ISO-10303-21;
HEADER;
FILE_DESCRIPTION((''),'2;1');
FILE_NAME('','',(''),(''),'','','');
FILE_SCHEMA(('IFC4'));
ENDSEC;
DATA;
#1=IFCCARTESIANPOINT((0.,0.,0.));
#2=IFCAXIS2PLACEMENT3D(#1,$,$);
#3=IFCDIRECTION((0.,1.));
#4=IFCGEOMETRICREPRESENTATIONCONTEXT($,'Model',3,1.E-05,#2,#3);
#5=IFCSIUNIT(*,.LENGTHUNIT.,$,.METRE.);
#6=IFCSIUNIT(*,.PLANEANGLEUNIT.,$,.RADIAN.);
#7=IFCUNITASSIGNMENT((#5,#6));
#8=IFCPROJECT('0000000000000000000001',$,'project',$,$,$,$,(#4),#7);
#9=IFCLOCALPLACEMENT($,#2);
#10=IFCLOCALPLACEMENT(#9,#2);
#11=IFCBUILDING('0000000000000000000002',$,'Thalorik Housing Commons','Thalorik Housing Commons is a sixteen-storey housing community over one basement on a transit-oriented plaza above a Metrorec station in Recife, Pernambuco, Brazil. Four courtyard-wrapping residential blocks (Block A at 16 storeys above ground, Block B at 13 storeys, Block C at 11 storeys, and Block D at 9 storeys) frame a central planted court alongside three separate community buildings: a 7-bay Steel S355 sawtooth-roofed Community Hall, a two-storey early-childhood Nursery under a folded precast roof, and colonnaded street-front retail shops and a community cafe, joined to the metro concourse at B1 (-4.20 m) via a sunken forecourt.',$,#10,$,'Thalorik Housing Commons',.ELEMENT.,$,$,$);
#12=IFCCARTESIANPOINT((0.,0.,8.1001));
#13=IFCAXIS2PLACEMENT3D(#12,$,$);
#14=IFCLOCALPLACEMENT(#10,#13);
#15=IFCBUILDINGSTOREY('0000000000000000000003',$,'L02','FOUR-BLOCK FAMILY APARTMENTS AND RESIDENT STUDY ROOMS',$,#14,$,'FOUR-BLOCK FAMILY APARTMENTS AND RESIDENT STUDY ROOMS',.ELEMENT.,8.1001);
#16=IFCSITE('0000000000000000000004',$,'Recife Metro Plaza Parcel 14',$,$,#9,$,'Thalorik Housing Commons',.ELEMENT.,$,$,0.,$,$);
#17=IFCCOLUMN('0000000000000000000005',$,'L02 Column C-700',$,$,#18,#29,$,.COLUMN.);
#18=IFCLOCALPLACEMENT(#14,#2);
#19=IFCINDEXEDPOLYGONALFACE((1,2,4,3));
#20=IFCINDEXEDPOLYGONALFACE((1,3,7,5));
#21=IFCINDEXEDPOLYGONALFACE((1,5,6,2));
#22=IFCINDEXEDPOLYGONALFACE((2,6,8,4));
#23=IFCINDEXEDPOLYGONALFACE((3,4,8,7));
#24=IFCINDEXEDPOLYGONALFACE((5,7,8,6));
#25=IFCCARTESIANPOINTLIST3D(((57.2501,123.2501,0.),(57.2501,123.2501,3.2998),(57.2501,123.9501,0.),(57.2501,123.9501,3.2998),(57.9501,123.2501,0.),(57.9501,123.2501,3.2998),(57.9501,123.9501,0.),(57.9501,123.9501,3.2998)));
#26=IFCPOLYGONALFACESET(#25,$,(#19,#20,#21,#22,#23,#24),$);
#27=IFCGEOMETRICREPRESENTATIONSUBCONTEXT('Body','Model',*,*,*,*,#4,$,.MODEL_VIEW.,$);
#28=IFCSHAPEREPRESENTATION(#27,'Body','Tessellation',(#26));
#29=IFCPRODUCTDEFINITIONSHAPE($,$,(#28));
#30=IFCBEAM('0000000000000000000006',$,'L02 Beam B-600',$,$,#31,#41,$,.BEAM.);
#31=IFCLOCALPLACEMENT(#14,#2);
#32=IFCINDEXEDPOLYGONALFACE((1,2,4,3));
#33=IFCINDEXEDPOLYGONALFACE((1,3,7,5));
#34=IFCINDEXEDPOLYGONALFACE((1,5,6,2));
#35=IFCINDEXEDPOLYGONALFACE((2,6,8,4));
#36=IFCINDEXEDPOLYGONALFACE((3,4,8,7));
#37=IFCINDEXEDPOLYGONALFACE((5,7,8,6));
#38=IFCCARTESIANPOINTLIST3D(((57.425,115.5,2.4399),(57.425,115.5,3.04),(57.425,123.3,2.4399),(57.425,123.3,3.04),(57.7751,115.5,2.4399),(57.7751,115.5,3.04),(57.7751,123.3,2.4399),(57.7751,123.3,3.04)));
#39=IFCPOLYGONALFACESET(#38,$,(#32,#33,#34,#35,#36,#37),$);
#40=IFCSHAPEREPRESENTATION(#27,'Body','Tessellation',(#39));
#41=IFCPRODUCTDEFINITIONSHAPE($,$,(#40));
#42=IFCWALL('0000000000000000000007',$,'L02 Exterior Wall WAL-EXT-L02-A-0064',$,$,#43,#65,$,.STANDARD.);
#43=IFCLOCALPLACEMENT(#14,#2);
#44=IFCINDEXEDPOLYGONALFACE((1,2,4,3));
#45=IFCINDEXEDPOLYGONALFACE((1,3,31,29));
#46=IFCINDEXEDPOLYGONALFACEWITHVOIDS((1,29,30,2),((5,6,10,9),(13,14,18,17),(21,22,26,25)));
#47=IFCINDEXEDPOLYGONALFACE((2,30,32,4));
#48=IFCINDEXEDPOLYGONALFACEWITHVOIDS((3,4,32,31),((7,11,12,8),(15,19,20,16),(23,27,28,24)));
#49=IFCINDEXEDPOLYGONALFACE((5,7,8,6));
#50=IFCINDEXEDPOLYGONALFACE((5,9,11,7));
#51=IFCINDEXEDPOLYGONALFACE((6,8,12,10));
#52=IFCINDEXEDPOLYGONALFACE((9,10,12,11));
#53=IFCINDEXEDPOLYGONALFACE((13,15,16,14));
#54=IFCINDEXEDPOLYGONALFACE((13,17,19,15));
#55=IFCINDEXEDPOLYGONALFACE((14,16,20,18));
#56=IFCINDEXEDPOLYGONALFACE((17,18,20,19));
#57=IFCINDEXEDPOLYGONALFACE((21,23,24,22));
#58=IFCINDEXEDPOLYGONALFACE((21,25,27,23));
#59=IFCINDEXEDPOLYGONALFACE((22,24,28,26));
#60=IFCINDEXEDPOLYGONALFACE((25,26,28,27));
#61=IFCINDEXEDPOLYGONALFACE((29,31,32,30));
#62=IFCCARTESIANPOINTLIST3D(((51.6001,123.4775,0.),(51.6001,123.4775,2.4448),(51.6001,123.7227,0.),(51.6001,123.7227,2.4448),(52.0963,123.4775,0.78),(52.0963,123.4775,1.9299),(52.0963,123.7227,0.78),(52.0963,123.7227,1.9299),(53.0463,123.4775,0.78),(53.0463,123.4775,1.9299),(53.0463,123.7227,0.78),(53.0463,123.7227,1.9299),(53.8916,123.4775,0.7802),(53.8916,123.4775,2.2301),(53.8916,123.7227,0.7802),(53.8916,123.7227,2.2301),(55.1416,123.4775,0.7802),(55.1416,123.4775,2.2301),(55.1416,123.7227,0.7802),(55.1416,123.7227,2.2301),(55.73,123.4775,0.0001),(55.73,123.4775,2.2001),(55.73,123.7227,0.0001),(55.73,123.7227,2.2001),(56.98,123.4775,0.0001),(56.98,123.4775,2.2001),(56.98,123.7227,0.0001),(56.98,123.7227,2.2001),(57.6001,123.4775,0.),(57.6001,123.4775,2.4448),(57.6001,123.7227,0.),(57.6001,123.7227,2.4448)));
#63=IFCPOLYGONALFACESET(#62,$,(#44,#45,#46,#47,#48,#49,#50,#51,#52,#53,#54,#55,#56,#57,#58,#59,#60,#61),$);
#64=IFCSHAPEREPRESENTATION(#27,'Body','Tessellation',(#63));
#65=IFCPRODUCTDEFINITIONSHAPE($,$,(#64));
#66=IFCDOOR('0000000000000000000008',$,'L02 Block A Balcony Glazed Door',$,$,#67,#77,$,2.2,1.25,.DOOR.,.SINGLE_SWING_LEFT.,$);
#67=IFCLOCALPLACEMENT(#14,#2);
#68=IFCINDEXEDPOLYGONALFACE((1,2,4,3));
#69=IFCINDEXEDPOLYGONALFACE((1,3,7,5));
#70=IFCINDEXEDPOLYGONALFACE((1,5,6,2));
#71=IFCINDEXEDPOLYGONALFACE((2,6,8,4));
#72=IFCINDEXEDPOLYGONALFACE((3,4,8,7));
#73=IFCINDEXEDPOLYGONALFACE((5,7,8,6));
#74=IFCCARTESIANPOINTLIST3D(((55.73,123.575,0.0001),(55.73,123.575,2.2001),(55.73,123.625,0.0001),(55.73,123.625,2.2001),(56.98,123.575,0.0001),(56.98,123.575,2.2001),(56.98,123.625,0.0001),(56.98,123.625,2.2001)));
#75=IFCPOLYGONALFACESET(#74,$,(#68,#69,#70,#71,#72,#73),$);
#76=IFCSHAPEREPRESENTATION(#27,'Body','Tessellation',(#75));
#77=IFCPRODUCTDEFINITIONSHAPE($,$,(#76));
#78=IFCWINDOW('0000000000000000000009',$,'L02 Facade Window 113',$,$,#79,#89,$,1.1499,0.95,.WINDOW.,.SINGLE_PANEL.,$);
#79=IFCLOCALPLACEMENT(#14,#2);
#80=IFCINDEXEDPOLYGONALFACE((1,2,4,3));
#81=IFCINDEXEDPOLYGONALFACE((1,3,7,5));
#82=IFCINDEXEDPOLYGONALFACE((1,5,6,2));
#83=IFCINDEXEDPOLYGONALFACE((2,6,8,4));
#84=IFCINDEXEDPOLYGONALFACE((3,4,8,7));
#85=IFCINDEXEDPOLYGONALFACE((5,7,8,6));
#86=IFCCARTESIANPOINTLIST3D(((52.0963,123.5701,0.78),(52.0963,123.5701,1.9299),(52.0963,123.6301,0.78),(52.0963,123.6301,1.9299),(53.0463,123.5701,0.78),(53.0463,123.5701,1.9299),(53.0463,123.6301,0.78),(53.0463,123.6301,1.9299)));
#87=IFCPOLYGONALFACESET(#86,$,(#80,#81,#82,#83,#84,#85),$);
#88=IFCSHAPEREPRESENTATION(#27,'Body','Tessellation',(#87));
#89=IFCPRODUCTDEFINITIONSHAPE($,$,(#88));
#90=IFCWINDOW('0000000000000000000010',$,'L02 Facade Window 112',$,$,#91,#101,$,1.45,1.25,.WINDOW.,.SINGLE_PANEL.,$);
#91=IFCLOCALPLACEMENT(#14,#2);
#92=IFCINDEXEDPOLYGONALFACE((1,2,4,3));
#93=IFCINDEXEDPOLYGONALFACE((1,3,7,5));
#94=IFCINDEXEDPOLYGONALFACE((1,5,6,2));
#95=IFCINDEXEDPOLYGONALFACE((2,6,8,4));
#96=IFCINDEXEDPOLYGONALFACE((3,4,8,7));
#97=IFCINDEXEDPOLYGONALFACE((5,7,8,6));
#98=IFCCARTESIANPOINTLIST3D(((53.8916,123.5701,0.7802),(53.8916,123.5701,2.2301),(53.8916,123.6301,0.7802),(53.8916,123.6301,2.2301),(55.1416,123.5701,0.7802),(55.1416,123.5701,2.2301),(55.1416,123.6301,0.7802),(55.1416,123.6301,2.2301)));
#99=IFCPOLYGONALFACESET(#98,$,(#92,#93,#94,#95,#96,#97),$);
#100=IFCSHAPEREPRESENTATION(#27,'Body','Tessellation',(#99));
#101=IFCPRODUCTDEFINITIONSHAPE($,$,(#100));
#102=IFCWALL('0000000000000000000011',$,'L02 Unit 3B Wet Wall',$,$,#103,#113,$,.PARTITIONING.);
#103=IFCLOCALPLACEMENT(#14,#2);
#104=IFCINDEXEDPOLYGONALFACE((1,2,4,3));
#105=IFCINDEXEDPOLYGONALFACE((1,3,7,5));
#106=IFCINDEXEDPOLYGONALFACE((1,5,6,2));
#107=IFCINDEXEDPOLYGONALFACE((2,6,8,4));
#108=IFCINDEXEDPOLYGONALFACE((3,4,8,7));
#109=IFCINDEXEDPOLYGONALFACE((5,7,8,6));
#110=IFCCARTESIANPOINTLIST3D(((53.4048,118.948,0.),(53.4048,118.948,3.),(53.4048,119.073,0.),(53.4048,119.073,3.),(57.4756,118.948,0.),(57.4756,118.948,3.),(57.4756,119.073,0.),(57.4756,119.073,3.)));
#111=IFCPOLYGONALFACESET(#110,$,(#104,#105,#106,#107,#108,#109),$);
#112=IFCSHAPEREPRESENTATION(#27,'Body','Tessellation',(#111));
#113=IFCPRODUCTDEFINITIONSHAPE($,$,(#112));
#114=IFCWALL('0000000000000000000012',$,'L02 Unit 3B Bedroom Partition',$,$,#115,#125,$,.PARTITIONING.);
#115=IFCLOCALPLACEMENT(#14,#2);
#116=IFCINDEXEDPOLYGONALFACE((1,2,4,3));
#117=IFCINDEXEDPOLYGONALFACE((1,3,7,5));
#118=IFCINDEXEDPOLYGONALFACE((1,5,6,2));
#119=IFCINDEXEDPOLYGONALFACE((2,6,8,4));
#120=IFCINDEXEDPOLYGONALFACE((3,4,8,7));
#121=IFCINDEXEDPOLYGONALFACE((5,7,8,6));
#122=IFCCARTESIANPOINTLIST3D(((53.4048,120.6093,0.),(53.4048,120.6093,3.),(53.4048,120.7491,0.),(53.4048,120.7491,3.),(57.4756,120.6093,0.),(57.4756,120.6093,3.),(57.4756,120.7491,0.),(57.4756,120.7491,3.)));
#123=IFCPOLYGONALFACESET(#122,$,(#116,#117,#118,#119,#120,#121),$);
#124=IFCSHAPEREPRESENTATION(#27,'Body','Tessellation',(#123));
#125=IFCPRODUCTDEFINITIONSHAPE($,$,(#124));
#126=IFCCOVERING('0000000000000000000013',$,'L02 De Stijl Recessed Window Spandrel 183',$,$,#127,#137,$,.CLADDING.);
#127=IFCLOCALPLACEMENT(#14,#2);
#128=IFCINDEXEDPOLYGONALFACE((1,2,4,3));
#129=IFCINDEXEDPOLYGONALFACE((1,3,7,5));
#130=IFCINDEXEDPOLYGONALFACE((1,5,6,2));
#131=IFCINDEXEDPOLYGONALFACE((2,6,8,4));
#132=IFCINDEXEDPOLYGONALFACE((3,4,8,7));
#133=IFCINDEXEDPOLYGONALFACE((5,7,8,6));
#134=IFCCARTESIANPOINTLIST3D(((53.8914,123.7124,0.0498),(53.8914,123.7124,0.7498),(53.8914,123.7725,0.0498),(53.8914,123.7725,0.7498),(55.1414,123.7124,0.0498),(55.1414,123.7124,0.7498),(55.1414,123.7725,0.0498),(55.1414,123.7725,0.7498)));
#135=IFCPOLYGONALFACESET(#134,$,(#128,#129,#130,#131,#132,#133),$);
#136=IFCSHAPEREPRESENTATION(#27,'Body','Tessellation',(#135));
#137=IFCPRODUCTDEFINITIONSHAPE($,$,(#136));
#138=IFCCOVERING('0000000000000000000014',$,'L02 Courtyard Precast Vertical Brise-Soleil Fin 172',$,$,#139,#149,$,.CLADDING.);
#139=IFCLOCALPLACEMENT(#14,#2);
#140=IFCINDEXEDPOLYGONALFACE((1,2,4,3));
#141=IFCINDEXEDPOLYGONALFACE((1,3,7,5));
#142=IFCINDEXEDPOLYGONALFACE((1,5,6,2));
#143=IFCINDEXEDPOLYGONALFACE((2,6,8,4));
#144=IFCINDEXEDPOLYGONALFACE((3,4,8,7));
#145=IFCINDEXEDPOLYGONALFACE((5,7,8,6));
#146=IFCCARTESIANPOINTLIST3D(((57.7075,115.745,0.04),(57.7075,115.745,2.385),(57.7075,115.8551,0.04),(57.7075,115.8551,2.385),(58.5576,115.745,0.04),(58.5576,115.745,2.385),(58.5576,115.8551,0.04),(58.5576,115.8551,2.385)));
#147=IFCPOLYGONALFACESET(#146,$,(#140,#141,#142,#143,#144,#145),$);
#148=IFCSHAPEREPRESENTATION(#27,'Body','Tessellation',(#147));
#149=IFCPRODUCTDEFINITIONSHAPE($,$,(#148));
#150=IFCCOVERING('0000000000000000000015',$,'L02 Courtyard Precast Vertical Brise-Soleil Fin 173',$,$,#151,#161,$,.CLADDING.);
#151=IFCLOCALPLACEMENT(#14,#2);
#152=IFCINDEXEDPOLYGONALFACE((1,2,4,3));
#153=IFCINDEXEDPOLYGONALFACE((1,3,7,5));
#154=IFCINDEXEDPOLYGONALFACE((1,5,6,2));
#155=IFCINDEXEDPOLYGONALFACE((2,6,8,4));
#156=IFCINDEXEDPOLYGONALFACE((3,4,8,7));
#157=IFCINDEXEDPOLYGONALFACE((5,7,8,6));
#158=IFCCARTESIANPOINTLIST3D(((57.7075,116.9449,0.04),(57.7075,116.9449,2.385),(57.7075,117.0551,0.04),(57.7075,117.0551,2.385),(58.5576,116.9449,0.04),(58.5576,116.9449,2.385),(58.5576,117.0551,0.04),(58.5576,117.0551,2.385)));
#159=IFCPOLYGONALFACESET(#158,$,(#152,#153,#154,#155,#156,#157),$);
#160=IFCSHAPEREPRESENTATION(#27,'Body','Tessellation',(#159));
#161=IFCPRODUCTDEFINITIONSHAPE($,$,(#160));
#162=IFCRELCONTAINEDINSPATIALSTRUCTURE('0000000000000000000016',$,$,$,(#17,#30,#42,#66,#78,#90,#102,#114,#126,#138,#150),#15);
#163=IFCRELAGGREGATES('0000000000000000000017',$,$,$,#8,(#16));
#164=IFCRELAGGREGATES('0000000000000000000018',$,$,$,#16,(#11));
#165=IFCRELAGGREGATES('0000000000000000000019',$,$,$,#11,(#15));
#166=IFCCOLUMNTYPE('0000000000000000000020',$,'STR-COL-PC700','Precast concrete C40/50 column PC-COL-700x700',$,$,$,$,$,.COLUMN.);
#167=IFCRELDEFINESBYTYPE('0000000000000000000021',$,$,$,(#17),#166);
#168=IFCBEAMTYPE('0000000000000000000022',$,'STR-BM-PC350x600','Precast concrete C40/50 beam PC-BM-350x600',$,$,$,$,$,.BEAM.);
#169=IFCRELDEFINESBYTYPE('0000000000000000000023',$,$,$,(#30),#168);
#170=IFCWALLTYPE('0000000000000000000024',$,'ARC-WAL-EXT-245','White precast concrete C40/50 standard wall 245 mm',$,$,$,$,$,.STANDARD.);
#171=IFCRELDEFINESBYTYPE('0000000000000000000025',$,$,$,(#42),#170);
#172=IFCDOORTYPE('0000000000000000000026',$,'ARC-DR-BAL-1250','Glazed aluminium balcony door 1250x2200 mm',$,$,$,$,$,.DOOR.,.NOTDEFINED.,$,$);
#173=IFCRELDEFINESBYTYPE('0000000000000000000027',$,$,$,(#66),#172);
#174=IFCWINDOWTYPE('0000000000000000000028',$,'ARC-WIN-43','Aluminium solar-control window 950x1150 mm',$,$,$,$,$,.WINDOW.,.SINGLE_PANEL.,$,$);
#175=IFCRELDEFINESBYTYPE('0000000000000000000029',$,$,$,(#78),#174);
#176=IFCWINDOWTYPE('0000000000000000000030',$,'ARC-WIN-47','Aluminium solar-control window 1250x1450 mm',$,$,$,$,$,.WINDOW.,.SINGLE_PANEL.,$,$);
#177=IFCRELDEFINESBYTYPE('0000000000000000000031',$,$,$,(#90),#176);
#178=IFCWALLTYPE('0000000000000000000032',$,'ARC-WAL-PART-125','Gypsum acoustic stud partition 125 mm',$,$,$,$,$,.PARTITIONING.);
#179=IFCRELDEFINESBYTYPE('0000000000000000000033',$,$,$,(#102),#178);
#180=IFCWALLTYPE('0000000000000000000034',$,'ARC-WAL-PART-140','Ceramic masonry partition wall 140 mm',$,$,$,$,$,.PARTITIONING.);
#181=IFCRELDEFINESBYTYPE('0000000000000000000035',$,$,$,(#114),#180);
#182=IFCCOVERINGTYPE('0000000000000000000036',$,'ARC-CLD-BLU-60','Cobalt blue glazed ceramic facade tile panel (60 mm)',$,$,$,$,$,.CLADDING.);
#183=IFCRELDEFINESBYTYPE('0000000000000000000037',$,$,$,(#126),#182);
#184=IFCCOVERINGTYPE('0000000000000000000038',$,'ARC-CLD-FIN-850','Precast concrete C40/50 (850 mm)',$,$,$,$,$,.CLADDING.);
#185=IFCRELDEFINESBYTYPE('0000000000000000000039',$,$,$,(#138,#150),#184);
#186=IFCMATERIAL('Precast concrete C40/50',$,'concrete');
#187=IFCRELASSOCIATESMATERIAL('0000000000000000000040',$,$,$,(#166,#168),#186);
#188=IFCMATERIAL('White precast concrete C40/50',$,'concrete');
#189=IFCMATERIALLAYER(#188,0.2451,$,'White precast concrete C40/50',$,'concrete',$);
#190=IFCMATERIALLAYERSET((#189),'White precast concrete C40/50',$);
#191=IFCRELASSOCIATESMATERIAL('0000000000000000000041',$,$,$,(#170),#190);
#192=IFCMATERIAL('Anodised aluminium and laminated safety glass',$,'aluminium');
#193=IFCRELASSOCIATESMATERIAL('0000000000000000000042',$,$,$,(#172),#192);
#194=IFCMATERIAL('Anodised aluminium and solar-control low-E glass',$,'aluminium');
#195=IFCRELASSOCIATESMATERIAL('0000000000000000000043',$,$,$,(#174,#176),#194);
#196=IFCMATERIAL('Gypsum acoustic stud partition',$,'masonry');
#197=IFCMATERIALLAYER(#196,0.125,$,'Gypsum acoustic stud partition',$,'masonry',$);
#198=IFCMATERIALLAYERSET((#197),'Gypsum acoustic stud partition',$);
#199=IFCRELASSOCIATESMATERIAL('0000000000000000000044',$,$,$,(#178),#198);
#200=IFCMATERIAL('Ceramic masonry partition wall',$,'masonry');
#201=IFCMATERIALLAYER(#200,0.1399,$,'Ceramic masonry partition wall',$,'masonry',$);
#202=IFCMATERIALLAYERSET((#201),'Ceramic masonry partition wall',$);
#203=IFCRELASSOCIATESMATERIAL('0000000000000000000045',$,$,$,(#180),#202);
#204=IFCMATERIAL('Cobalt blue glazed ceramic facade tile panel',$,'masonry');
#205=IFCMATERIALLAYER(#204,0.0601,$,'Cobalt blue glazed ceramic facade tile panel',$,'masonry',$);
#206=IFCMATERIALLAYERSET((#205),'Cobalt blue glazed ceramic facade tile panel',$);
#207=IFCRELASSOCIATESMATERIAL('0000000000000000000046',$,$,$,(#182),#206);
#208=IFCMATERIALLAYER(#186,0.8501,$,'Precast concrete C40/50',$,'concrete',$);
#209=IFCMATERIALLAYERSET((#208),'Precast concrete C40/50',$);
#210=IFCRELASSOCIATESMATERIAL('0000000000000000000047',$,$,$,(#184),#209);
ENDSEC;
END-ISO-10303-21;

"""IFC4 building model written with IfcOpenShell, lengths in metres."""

from ifc_helpers import new_model, si_unit, direction, frame, frame_2d, origin, origin_2d, place, context, subcontext, project, spatial, rectangle, extrude, material, layer, layer_set, material_profile, profile_set, type_object, element, fill, save


model = new_model("IFC4")

# Units and contexts
model_context = context("Model", 3, precision=1e-05, world=origin(), true_north=direction((0.0, 1.0)))
body_context = subcontext(model_context, "Body", "Model", "MODEL_VIEW")
ifc_project = project(units=[si_unit("LENGTHUNIT", "METRE"), si_unit("PLANEANGLEUNIT", "RADIAN")], contexts=[model_context])

# Site, building, storey
site_placement = place(None, origin())
site = spatial("IfcSite", under=ifc_project, at=site_placement, Name="Recife Metro Plaza Parcel 14", LongName="Thalorik Housing Commons", CompositionType="ELEMENT", RefElevation=0.0)
building_placement = place(site_placement, origin())
building = spatial("IfcBuilding", under=site, at=building_placement, Name="Thalorik Housing Commons", Description="Thalorik Housing Commons is a sixteen-storey housing community over one basement on a transit-oriented plaza above a Metrorec station in Recife, Pernambuco, Brazil. Four courtyard-wrapping residential blocks (Block A at 16 storeys above ground, Block B at 13 storeys, Block C at 11 storeys, and Block D at 9 storeys) frame a central planted court alongside three separate community buildings: a 7-bay Steel S355 sawtooth-roofed Community Hall, a two-storey early-childhood Nursery under a folded precast roof, and colonnaded street-front retail shops and a community cafe, joined to the metro concourse at B1 (-4.20 m) via a sunken forecourt.", LongName="Thalorik Housing Commons", CompositionType="ELEMENT")
storey_placement = place(building_placement, frame((0.0, 0.0, 8.1001)))
storey = spatial("IfcBuildingStorey", under=building, at=storey_placement, Name="L02", Description="FOUR-BLOCK FAMILY APARTMENTS AND RESIDENT STUDY ROOMS", LongName="FOUR-BLOCK FAMILY APARTMENTS AND RESIDENT STUDY ROOMS", CompositionType="ELEMENT", Elevation=8.1001)

# Column
ifc_material_1 = material(Name="Precast concrete C40/50", Category="concrete")
ifc_material_profile_1 = material_profile(ifc_material_1, rectangle(XDim=0.7, YDim=0.7, at=origin_2d()), Name="PC 700x700", Category="concrete")
ifc_profile_set_1 = profile_set([ifc_material_profile_1], Name="Precast concrete C40/50")
column_type = type_object("IfcColumnType", Name="STR-COL-PC700", Description="Precast concrete C40/50 column PC-COL-700x700", PredefinedType="COLUMN", material=ifc_profile_set_1)
column_placement = place(storey_placement, frame((57.6001, 123.6001, 0.0), z_axis=(0.0, 0.0, 1.0), x_axis=(1.0, 0.0, 0.0)))
element("IfcColumn", 1, at=column_placement, inside=storey, type_object=column_type, Name="L02 Column C-700", PredefinedType="COLUMN", context=body_context, shape_type="SweptSolid", body=[
    extrude(rectangle(XDim=0.7, YDim=0.7, at=origin_2d()), origin(), (0.0, 0.0, 1.0), 3.2998),
])

# Beam
ifc_material_profile_2 = material_profile(ifc_material_1, rectangle(XDim=0.3501, YDim=0.6001, at=origin_2d()), Name="PC 350x600", Category="concrete")
ifc_profile_set_2 = profile_set([ifc_material_profile_2], Name="Precast concrete C40/50")
beam_type = type_object("IfcBeamType", Name="STR-BM-PC350x600", Description="Precast concrete C40/50 beam PC-BM-350x600", PredefinedType="BEAM", material=ifc_profile_set_2)
beam_placement = place(storey_placement, frame((57.6001, 115.5, 2.74), z_axis=(0.0, 1.0, 0.0), x_axis=(-1.0, 0.0, 0.0)))
element("IfcBeam", 2, at=beam_placement, inside=storey, type_object=beam_type, Name="L02 Beam B-600", PredefinedType="BEAM", context=body_context, shape_type="SweptSolid", body=[
    extrude(rectangle(XDim=0.3501, YDim=0.6001, at=origin_2d()), origin(), (0.0, 0.0, 1.0), 7.8),
])

# Wall, openings, door, windows
ifc_material_2 = material(Name="White precast concrete C40/50", Category="concrete")
ifc_layer_1 = layer(ifc_material_2, 0.2451, Name="White precast concrete C40/50", Category="concrete")
ifc_layer_set_1 = layer_set([ifc_layer_1], Name="White precast concrete C40/50")
wall_type_1 = type_object("IfcWallType", Name="ARC-WAL-EXT-245", Description="White precast concrete C40/50 standard wall 245 mm", PredefinedType="STANDARD", material=ifc_layer_set_1)
wall_1_placement = place(storey_placement, frame((57.6001, 123.6001, 0.0), z_axis=(0.0, 0.0, 1.0), x_axis=(-1.0, 0.0, 0.0)))
wall_1 = element("IfcWall", 3, at=wall_1_placement, inside=storey, type_object=wall_type_1, Name="L02 Exterior Wall WAL-EXT-L02-A-0064", PredefinedType="STANDARD", context=body_context, shape_type="SweptSolid", body=[
    extrude(rectangle(XDim=6.0, YDim=0.2451, at=frame_2d((3.0, 0.0))), origin(), (0.0, 0.0, 1.0), 2.4448),
])
opening_1_placement = place(wall_1_placement, frame((0.6201, 0.0, 0.0)))
opening_1 = element("IfcOpeningElement", 4, at=opening_1_placement, cuts=wall_1, PredefinedType="OPENING", context=body_context, shape_type="SweptSolid", body=[
    extrude(rectangle(XDim=1.25, YDim=2.2, at=frame_2d((0.625, 1.1001))), frame((0.0, 0.1326, 0.0), z_axis=(0.0, -1.0, 0.0), x_axis=(1.0, 0.0, 0.0)), (0.0, 0.0, 1.0), 0.2651),
])
opening_2_placement = place(wall_1_placement, frame((2.4585, 0.0, 0.78)))
opening_2 = element("IfcOpeningElement", 5, at=opening_2_placement, cuts=wall_1, PredefinedType="OPENING", context=body_context, shape_type="SweptSolid", body=[
    extrude(rectangle(XDim=1.25, YDim=1.45, at=frame_2d((0.625, 0.7251))), frame((0.0, 0.1326, 0.0), z_axis=(0.0, -1.0, 0.0), x_axis=(1.0, 0.0, 0.0)), (0.0, 0.0, 1.0), 0.2651),
])
opening_3_placement = place(wall_1_placement, frame((4.5537, 0.0, 0.78)))
opening_3 = element("IfcOpeningElement", 6, at=opening_3_placement, cuts=wall_1, PredefinedType="OPENING", context=body_context, shape_type="SweptSolid", body=[
    extrude(rectangle(XDim=0.95, YDim=1.1499, at=frame_2d((0.4751, 0.575))), frame((0.0, 0.1326, 0.0), z_axis=(0.0, -1.0, 0.0), x_axis=(1.0, 0.0, 0.0)), (0.0, 0.0, 1.0), 0.2651),
])
ifc_material_3 = material(Name="Anodised aluminium and laminated safety glass", Category="aluminium")
door_type = type_object("IfcDoorType", Name="ARC-DR-BAL-1250", Description="Glazed aluminium balcony door 1250x2200 mm", OperationType="NOTDEFINED", PredefinedType="DOOR", material=ifc_material_3)
door_placement = place(opening_1_placement, frame((1.25, 0.0, 0.0), z_axis=(0.0, 0.0, 1.0), x_axis=(-1.0, 0.0, 0.0)))
door = element("IfcDoor", 7, at=door_placement, inside=storey, type_object=door_type, Name="L02 Block A Balcony Glazed Door", OperationType="SINGLE_SWING_LEFT", OverallHeight=2.2, OverallWidth=1.25, PredefinedType="DOOR", context=body_context, shape_type="SweptSolid", body=[
    extrude(rectangle(XDim=1.25, YDim=2.2, at=frame_2d((0.625, 1.1001))), frame((0.0, 0.0249, 0.0), z_axis=(0.0, -1.0, 0.0), x_axis=(1.0, 0.0, 0.0)), (0.0, 0.0, 1.0), 0.05),
])
fill(opening_1, door)
ifc_material_4 = material(Name="Anodised aluminium and solar-control low-E glass", Category="aluminium")
window_type_1 = type_object("IfcWindowType", Name="ARC-WIN-43", Description="Aluminium solar-control window 950x1150 mm", PartitioningType="SINGLE_PANEL", PredefinedType="WINDOW", material=ifc_material_4)
window_1_placement = place(opening_3_placement, origin())
window_1 = element("IfcWindow", 8, at=window_1_placement, inside=storey, type_object=window_type_1, Name="L02 Facade Window 113", OverallHeight=1.1499, OverallWidth=0.95, PartitioningType="SINGLE_PANEL", PredefinedType="WINDOW", context=body_context, shape_type="SweptSolid", body=[
    extrude(rectangle(XDim=0.95, YDim=1.1499, at=frame_2d((0.4751, 0.575))), frame((0.0, 0.03, 0.0), z_axis=(0.0, -1.0, 0.0), x_axis=(1.0, 0.0, 0.0)), (0.0, 0.0, 1.0), 0.0601),
])
fill(opening_3, window_1)
window_type_2 = type_object("IfcWindowType", Name="ARC-WIN-47", Description="Aluminium solar-control window 1250x1450 mm", PartitioningType="SINGLE_PANEL", PredefinedType="WINDOW", material=ifc_material_4)
window_2_placement = place(opening_2_placement, origin())
window_2 = element("IfcWindow", 9, at=window_2_placement, inside=storey, type_object=window_type_2, Name="L02 Facade Window 112", OverallHeight=1.45, OverallWidth=1.25, PartitioningType="SINGLE_PANEL", PredefinedType="WINDOW", context=body_context, shape_type="SweptSolid", body=[
    extrude(rectangle(XDim=1.25, YDim=1.45, at=frame_2d((0.625, 0.7251))), frame((0.0, 0.03, 0.0), z_axis=(0.0, -1.0, 0.0), x_axis=(1.0, 0.0, 0.0)), (0.0, 0.0, 1.0), 0.0601),
])
fill(opening_2, window_2)

# Walls
ifc_material_5 = material(Name="Gypsum acoustic stud partition", Category="masonry")
ifc_layer_2 = layer(ifc_material_5, 0.125, Name="Gypsum acoustic stud partition", Category="masonry")
ifc_layer_set_2 = layer_set([ifc_layer_2], Name="Gypsum acoustic stud partition")
wall_type_2 = type_object("IfcWallType", Name="ARC-WAL-PART-125", Description="Gypsum acoustic stud partition 125 mm", PredefinedType="PARTITIONING", material=ifc_layer_set_2)
wall_2_placement = place(storey_placement, frame((53.4048, 119.0105, 0.0), z_axis=(0.0, 0.0, 1.0), x_axis=(1.0, 0.0, 0.0)))
element("IfcWall", 10, at=wall_2_placement, inside=storey, type_object=wall_type_2, Name="L02 Unit 3B Wet Wall", PredefinedType="PARTITIONING", context=body_context, shape_type="SweptSolid", body=[
    extrude(rectangle(XDim=4.0708, YDim=0.125, at=frame_2d((2.0354, 0.0))), origin(), (0.0, 0.0, 1.0), 3.0),
])
ifc_material_6 = material(Name="Ceramic masonry partition wall", Category="masonry")
ifc_layer_3 = layer(ifc_material_6, 0.1399, Name="Ceramic masonry partition wall", Category="masonry")
ifc_layer_set_3 = layer_set([ifc_layer_3], Name="Ceramic masonry partition wall")
wall_type_3 = type_object("IfcWallType", Name="ARC-WAL-PART-140", Description="Ceramic masonry partition wall 140 mm", PredefinedType="PARTITIONING", material=ifc_layer_set_3)
wall_3_placement = place(storey_placement, frame((53.4048, 120.6792, 0.0), z_axis=(0.0, 0.0, 1.0), x_axis=(1.0, 0.0, 0.0)))
element("IfcWall", 11, at=wall_3_placement, inside=storey, type_object=wall_type_3, Name="L02 Unit 3B Bedroom Partition", PredefinedType="PARTITIONING", context=body_context, shape_type="SweptSolid", body=[
    extrude(rectangle(XDim=4.0708, YDim=0.1399, at=frame_2d((2.0354, 0.0))), origin(), (0.0, 0.0, 1.0), 3.0),
])

# Coverings
ifc_material_7 = material(Name="Cobalt blue glazed ceramic facade tile panel", Category="masonry")
ifc_layer_4 = layer(ifc_material_7, 0.0601, Name="Cobalt blue glazed ceramic facade tile panel", Category="masonry")
ifc_layer_set_4 = layer_set([ifc_layer_4], Name="Cobalt blue glazed ceramic facade tile panel")
covering_type_1 = type_object("IfcCoveringType", Name="ARC-CLD-BLU-60", Description="Cobalt blue glazed ceramic facade tile panel (60 mm)", PredefinedType="CLADDING", material=ifc_layer_set_4)
covering_1_placement = place(storey_placement, frame((54.5164, 123.7424, 0.0498), z_axis=(0.0, 0.0, 1.0), x_axis=(-1.0, 0.0, 0.0)))
element("IfcCovering", 12, at=covering_1_placement, inside=storey, type_object=covering_type_1, Name="L02 De Stijl Recessed Window Spandrel 183", PredefinedType="CLADDING", context=body_context, shape_type="SweptSolid", body=[
    extrude(rectangle(XDim=1.25, YDim=0.0601, at=origin_2d()), origin(), (0.0, 0.0, 1.0), 0.7),
])
ifc_layer_5 = layer(ifc_material_1, 0.8501, Name="Precast concrete C40/50", Category="concrete")
ifc_layer_set_5 = layer_set([ifc_layer_5], Name="Precast concrete C40/50")
covering_type_2 = type_object("IfcCoveringType", Name="ARC-CLD-FIN-850", Description="Precast concrete C40/50 (850 mm)", PredefinedType="CLADDING", material=ifc_layer_set_5)
for number, where, z_axis, x_axis, name in (
    (13, (58.1326, 115.8, 0.04), (0.0, 0.0, 1.0), (0.0, 1.0, 0.0), "L02 Courtyard Precast Vertical Brise-Soleil Fin 172"),
    (14, (58.1326, 117.0, 0.04), (0.0, 0.0, 1.0), (0.0, 1.0, 0.0), "L02 Courtyard Precast Vertical Brise-Soleil Fin 173"),
):
    element("IfcCovering", number, at=place(storey_placement, frame(where, z_axis=z_axis, x_axis=x_axis)), inside=storey, type_object=covering_type_2, Name=name, PredefinedType="CLADDING", context=body_context, shape_type="SweptSolid", body=[
        extrude(rectangle(XDim=0.1101, YDim=0.8501, at=origin_2d()), origin(), (0.0, 0.0, 1.0), 2.345),
    ])

save(model, "model.ifc")
